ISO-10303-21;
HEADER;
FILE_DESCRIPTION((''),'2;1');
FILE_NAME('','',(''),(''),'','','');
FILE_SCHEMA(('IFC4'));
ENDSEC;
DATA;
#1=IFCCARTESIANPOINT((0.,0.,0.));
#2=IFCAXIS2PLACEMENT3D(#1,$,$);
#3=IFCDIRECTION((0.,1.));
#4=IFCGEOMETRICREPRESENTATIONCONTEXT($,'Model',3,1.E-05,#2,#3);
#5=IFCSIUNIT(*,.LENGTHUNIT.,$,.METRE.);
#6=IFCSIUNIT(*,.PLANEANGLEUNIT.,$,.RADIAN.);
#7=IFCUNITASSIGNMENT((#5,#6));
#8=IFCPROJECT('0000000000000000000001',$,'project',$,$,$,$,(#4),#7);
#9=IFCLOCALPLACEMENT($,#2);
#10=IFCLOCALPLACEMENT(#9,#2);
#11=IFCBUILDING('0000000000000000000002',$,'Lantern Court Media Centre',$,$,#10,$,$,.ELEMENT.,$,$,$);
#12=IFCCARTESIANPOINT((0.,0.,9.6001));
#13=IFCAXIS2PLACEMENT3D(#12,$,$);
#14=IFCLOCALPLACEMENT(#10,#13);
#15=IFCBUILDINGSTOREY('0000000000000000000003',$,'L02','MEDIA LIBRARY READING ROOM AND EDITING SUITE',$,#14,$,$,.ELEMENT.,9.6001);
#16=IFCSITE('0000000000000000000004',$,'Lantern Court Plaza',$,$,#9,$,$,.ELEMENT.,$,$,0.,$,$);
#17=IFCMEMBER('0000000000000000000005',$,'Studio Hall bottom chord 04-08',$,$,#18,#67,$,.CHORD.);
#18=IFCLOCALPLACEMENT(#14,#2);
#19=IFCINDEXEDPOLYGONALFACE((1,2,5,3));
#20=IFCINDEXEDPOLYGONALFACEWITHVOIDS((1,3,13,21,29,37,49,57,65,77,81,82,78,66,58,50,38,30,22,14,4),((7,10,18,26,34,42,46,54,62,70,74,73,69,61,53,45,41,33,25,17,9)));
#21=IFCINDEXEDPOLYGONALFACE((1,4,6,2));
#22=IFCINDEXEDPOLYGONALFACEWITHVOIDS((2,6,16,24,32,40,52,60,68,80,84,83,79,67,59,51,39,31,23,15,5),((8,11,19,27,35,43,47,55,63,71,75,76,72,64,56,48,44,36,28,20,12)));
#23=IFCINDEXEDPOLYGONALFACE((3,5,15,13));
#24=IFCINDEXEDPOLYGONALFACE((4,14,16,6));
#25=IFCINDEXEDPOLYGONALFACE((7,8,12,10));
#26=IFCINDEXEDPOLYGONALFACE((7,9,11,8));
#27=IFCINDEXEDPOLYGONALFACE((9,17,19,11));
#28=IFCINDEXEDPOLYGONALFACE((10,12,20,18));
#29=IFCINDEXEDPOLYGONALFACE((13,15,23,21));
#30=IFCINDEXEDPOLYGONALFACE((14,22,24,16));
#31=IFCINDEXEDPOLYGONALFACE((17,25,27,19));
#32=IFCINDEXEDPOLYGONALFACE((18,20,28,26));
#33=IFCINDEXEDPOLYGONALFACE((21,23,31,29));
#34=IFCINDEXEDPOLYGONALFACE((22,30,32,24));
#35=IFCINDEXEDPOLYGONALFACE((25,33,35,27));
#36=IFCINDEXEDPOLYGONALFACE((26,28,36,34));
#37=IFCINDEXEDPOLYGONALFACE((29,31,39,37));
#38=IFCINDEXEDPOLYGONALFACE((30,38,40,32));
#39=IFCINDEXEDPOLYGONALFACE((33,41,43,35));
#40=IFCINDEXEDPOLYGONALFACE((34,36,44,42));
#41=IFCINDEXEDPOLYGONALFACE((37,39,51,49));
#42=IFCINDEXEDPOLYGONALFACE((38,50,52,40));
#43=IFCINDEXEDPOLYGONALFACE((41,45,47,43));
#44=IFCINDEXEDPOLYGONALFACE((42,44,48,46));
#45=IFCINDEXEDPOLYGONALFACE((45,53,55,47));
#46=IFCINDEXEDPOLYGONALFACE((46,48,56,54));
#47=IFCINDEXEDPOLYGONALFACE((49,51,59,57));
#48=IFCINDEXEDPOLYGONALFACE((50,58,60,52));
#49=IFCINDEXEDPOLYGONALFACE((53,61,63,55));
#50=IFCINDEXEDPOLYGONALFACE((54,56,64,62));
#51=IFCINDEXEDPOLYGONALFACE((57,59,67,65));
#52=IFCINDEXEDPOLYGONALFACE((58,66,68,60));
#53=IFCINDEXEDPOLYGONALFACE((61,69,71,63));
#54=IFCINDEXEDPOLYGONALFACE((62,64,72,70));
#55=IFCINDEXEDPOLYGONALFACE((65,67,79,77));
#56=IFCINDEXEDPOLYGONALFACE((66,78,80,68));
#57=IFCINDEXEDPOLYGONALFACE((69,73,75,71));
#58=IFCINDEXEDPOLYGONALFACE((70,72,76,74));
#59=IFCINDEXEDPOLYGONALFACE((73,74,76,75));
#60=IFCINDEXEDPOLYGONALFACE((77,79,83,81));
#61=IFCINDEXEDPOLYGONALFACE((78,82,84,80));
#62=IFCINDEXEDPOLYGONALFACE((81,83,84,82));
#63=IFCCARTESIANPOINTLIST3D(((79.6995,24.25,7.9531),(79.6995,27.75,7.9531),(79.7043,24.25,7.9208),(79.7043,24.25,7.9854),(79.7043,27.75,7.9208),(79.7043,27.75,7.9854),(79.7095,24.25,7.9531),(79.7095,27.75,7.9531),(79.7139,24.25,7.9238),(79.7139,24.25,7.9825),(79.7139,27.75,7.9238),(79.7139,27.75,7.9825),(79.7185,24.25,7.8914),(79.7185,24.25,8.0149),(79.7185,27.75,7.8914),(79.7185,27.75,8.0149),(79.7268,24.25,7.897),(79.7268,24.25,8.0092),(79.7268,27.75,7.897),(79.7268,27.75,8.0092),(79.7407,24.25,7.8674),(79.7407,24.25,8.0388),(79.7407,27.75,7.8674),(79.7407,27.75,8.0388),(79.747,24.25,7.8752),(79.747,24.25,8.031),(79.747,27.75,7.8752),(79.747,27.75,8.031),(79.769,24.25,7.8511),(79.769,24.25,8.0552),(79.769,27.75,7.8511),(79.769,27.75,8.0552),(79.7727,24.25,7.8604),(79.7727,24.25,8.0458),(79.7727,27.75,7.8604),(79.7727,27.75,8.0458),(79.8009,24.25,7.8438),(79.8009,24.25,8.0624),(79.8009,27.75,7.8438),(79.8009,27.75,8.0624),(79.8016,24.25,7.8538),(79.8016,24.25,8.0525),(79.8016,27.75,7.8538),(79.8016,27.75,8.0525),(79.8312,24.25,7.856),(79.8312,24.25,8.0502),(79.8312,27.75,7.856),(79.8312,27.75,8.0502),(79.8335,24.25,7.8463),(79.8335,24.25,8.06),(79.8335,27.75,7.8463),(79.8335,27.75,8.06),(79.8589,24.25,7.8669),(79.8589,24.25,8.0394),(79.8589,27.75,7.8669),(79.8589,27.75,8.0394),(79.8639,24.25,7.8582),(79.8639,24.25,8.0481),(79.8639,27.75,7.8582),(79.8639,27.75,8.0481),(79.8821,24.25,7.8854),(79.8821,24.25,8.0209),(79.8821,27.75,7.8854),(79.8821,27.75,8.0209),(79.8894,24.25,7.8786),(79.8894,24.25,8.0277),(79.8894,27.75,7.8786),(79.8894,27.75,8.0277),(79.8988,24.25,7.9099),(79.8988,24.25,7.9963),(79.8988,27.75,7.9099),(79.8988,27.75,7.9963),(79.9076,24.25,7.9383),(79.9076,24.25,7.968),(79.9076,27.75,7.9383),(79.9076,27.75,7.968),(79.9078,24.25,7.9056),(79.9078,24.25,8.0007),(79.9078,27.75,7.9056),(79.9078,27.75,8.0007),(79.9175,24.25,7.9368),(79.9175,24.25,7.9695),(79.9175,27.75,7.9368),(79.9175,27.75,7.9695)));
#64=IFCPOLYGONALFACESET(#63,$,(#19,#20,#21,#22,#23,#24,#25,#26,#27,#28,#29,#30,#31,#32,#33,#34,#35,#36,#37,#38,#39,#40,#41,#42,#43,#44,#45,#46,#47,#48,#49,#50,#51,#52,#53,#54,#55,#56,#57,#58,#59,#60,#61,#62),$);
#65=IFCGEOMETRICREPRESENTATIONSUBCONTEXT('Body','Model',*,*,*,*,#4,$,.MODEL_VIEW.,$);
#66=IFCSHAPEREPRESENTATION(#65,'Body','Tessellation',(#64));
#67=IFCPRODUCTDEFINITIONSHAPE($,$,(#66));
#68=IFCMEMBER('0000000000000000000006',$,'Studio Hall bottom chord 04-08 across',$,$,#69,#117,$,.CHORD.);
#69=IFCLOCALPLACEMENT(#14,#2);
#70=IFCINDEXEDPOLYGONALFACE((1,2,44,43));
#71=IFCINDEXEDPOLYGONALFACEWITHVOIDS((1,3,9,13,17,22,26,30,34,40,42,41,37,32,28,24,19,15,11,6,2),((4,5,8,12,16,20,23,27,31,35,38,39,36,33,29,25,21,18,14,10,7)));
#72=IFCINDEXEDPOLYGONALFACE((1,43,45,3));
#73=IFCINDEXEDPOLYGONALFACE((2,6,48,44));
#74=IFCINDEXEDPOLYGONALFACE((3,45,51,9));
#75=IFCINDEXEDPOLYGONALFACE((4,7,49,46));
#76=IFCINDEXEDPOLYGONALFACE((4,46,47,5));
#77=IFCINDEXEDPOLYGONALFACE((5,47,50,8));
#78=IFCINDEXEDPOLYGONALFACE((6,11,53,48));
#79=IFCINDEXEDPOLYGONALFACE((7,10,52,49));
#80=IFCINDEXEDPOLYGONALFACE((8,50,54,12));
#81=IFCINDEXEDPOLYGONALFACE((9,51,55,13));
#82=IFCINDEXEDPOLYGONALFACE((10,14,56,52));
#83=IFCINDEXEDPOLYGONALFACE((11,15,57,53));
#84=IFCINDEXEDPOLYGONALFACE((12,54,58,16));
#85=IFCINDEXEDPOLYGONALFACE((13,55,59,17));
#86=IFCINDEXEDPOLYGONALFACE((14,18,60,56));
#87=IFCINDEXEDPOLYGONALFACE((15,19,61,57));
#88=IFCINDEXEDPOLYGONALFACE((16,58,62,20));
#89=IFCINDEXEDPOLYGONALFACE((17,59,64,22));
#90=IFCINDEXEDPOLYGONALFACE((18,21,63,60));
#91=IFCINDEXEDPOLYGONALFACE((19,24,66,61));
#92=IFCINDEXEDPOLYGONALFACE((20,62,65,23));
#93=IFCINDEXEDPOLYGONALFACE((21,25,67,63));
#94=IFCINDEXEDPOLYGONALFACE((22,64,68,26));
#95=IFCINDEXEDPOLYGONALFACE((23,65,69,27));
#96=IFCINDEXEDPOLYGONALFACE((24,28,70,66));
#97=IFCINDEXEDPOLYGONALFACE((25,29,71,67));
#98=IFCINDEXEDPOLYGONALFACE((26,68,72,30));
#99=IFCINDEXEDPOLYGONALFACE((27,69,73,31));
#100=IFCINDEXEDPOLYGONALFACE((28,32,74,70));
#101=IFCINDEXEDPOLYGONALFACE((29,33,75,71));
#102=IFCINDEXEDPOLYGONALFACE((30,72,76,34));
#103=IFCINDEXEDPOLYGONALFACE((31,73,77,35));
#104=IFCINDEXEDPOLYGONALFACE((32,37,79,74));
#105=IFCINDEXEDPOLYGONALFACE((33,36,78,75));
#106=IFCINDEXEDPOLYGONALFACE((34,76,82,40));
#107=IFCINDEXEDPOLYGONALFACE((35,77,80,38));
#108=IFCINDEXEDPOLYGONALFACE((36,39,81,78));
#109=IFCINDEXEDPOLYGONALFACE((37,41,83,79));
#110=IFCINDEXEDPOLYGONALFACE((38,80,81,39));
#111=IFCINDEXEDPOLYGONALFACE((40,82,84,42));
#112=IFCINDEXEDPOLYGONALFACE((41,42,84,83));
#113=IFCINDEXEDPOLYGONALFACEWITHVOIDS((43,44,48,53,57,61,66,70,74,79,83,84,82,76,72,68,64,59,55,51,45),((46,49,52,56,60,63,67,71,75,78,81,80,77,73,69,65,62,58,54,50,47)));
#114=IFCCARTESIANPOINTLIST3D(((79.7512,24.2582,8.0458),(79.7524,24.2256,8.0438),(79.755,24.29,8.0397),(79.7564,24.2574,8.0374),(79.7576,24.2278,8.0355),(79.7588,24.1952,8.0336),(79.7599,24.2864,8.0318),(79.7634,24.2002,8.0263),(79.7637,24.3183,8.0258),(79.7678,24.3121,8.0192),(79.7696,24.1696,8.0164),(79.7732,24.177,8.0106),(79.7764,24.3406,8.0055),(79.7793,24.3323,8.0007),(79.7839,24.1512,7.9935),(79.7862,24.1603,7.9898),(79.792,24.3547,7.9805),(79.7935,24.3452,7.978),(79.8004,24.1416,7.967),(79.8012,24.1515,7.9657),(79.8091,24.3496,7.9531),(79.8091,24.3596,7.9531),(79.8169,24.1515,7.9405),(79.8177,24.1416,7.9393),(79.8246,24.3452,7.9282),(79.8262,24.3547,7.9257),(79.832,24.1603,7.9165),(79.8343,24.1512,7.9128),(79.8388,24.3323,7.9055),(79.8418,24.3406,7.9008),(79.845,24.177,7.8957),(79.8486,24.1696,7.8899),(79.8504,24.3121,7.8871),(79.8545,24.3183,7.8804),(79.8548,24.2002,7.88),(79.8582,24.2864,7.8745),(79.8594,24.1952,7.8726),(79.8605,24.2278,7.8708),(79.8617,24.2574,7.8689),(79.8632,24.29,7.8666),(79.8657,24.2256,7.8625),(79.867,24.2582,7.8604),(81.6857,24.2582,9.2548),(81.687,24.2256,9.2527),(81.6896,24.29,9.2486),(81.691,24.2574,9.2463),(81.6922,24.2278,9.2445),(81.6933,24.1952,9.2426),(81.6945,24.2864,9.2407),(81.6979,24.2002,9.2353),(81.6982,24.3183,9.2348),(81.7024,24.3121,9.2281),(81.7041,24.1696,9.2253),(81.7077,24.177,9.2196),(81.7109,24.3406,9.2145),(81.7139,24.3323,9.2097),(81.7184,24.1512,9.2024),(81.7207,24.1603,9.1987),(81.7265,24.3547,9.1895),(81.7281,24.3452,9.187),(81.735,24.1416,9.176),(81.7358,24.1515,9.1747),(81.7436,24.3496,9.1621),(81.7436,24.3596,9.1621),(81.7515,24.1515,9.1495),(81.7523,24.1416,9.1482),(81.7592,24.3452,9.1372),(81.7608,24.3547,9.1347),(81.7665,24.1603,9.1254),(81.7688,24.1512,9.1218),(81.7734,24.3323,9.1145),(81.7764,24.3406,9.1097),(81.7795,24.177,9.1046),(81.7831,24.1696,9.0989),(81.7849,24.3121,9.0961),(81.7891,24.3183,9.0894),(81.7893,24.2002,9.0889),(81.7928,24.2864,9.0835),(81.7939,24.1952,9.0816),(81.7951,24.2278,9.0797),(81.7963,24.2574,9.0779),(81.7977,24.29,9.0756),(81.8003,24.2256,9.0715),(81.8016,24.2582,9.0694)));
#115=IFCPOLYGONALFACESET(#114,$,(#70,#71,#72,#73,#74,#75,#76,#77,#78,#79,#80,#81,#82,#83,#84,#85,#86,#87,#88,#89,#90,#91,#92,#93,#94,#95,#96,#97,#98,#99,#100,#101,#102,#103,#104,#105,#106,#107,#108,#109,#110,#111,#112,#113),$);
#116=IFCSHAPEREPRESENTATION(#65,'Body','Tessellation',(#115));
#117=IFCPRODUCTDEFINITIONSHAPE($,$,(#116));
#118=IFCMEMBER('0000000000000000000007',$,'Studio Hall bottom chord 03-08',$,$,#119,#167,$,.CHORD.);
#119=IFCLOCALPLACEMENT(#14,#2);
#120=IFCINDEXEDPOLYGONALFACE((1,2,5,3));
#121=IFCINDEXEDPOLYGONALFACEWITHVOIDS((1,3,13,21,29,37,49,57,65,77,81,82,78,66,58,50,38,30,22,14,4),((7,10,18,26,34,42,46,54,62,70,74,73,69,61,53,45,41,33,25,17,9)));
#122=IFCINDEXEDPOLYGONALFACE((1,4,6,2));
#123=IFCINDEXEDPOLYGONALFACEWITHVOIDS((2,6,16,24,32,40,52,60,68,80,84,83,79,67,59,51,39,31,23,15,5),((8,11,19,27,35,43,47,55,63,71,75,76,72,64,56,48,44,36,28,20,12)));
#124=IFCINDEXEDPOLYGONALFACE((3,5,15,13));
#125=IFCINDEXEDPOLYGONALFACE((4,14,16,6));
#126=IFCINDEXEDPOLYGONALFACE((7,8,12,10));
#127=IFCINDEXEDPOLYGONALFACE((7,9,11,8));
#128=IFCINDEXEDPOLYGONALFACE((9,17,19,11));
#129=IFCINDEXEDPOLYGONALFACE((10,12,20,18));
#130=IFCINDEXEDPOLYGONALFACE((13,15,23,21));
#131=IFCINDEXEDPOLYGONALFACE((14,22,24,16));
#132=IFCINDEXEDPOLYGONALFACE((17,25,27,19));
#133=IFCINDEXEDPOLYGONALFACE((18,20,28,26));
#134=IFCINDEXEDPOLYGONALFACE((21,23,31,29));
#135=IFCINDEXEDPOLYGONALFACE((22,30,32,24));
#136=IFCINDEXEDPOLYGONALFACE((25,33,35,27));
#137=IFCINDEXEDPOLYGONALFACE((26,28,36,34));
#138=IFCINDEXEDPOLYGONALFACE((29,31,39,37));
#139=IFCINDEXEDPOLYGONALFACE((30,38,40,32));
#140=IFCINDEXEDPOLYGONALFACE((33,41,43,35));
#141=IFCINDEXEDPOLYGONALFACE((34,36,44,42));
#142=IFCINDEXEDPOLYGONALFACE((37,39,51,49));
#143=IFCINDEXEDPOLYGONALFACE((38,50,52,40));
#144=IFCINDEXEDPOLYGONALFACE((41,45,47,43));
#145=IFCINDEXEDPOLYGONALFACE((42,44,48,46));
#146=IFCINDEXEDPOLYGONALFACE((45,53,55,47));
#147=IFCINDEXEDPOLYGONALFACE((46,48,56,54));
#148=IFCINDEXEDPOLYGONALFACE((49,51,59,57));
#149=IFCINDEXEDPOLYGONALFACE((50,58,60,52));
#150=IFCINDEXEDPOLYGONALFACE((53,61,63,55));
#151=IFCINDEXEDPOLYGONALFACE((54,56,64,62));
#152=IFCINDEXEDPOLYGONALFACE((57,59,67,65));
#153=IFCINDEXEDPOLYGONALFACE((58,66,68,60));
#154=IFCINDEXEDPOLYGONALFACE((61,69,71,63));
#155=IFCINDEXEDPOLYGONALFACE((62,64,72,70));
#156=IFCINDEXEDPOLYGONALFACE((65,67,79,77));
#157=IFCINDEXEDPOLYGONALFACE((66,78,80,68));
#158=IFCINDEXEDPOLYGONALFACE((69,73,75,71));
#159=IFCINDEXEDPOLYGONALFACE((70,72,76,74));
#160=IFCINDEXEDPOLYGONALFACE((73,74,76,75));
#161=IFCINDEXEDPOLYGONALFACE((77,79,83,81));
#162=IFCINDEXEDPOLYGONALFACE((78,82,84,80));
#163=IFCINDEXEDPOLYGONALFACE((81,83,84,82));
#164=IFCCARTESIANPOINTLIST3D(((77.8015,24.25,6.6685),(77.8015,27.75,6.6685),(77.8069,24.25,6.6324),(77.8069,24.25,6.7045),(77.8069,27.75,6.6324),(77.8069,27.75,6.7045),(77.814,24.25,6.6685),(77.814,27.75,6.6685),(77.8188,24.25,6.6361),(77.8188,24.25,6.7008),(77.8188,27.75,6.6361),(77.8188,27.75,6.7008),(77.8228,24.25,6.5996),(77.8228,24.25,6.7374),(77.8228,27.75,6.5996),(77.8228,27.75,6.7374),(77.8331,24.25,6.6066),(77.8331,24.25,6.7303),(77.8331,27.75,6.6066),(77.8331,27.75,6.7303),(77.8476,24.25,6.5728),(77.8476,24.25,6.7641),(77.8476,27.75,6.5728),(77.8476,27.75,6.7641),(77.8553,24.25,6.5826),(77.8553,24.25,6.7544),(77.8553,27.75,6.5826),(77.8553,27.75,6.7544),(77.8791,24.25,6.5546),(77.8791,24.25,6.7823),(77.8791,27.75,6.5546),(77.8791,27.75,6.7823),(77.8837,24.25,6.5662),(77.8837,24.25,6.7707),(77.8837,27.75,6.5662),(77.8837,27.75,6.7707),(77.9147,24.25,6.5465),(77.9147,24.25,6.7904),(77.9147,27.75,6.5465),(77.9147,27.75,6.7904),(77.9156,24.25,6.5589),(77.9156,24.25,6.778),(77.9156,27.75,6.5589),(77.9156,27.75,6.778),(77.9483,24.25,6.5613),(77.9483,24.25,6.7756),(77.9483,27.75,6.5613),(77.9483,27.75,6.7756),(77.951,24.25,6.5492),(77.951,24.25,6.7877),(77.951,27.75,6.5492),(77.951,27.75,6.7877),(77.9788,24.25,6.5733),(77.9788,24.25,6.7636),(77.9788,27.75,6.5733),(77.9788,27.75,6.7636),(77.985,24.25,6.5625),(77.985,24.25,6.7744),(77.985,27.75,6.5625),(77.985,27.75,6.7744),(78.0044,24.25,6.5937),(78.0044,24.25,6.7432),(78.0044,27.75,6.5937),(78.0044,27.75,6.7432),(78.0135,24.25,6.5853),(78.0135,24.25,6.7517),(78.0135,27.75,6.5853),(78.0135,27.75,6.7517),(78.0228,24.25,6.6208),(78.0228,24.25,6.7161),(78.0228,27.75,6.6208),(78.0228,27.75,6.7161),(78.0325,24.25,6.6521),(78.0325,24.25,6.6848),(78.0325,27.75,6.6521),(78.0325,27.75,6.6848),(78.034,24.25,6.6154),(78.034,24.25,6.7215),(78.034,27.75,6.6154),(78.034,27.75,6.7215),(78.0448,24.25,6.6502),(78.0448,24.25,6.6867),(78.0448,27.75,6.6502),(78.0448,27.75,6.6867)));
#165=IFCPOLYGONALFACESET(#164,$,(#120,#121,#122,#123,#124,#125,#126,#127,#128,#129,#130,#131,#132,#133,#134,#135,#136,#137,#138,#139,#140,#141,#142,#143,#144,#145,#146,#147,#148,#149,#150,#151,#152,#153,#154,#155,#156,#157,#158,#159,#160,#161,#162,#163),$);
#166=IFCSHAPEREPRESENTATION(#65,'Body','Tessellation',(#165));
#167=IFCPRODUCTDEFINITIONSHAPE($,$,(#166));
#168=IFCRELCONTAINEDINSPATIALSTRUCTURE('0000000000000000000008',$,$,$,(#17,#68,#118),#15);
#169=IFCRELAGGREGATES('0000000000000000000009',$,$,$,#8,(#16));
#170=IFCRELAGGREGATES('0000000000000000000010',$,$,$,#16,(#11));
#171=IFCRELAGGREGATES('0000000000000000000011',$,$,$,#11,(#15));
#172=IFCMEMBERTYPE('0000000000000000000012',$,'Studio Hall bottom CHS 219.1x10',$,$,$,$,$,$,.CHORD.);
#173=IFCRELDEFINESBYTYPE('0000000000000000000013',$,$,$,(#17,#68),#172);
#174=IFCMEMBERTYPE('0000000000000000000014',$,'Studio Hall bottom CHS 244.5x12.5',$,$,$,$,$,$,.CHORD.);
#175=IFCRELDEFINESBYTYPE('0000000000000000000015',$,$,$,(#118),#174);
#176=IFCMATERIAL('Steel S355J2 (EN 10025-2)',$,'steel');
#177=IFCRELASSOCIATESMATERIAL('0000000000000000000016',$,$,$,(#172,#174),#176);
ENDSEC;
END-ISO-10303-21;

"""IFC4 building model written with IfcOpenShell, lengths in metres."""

from ifc_helpers import new_model, si_unit, direction, frame, origin, origin_2d, place, context, subcontext, project, spatial, hollow_circle, extrude, material, material_profile, profile_set, type_object, element, save


model = new_model("IFC4")

# Units and contexts
model_context = context("Model", 3, precision=1e-05, world=origin(), true_north=direction((0.0, 1.0)))
body_context = subcontext(model_context, "Body", "Model", "MODEL_VIEW")
ifc_project = project(units=[si_unit("LENGTHUNIT", "METRE"), si_unit("PLANEANGLEUNIT", "RADIAN")], contexts=[model_context])

# Site, building, storey
site_placement = place(None, origin())
site = spatial("IfcSite", under=ifc_project, at=site_placement, Name="Lantern Court Plaza", CompositionType="ELEMENT", RefElevation=0.0)
building_placement = place(site_placement, origin())
building = spatial("IfcBuilding", under=site, at=building_placement, Name="Lantern Court Media Centre", CompositionType="ELEMENT")
storey_placement = place(building_placement, frame((0.0, 0.0, 9.6001)))
storey = spatial("IfcBuildingStorey", under=building, at=storey_placement, Name="L02", Description="MEDIA LIBRARY READING ROOM AND EDITING SUITE", CompositionType="ELEMENT", Elevation=9.6001)

# Members
ifc_material = material(Name="Steel S355J2 (EN 10025-2)", Category="steel")
ifc_material_profile_1 = material_profile(ifc_material, hollow_circle(Radius=0.1096, WallThickness=0.01, at=origin_2d()), Name="Studio Hall bottom CHS 219.1x10")
ifc_profile_set_1 = profile_set([ifc_material_profile_1], Name="Steel S355J2 (EN 10025-2)")
member_type_1 = type_object("IfcMemberType", Name="Studio Hall bottom CHS 219.1x10", PredefinedType="CHORD", material=ifc_profile_set_1)
member_1_placement = place(storey_placement, frame((79.8091, 24.25, 7.9531), z_axis=(0.0, 1.0, 0.0), x_axis=(-1.0, 0.0, 0.0)))
element("IfcMember", 1, at=member_1_placement, inside=storey, type_object=member_type_1, Name="Studio Hall bottom chord 04-08", PredefinedType="CHORD", context=body_context, shape_type="SweptSolid", body=[
    extrude(hollow_circle(Radius=0.1096, WallThickness=0.01, at=origin_2d()), origin(), (0.0, 0.0, 1.0), 3.5),
])
member_2_placement = place(storey_placement, frame((79.8091, 24.25, 7.9531), z_axis=(0.848022, 0.0, 0.52996), x_axis=(0.0, 1.0, 0.0)))
element("IfcMember", 2, at=member_2_placement, inside=storey, type_object=member_type_1, Name="Studio Hall bottom chord 04-08 across", PredefinedType="CHORD", context=body_context, shape_type="SweptSolid", body=[
    extrude(hollow_circle(Radius=0.1096, WallThickness=0.01, at=origin_2d()), origin(), (0.0, 0.0, 1.0), 2.2812),
])
ifc_material_profile_2 = material_profile(ifc_material, hollow_circle(Radius=0.1223, WallThickness=0.0125, at=origin_2d()), Name="Studio Hall bottom CHS 244.5x12.5")
ifc_profile_set_2 = profile_set([ifc_material_profile_2], Name="Steel S355J2 (EN 10025-2)")
member_type_2 = type_object("IfcMemberType", Name="Studio Hall bottom CHS 244.5x12.5", PredefinedType="CHORD", material=ifc_profile_set_2)
member_3_placement = place(storey_placement, frame((77.9238, 24.25, 6.6685), z_axis=(0.0, 1.0, 0.0), x_axis=(-1.0, 0.0, 0.0)))
element("IfcMember", 3, at=member_3_placement, inside=storey, type_object=member_type_2, Name="Studio Hall bottom chord 03-08", PredefinedType="CHORD", context=body_context, shape_type="SweptSolid", body=[
    extrude(hollow_circle(Radius=0.1223, WallThickness=0.0125, at=origin_2d()), origin(), (0.0, 0.0, 1.0), 3.5),
])

save(model, "model.ifc")
